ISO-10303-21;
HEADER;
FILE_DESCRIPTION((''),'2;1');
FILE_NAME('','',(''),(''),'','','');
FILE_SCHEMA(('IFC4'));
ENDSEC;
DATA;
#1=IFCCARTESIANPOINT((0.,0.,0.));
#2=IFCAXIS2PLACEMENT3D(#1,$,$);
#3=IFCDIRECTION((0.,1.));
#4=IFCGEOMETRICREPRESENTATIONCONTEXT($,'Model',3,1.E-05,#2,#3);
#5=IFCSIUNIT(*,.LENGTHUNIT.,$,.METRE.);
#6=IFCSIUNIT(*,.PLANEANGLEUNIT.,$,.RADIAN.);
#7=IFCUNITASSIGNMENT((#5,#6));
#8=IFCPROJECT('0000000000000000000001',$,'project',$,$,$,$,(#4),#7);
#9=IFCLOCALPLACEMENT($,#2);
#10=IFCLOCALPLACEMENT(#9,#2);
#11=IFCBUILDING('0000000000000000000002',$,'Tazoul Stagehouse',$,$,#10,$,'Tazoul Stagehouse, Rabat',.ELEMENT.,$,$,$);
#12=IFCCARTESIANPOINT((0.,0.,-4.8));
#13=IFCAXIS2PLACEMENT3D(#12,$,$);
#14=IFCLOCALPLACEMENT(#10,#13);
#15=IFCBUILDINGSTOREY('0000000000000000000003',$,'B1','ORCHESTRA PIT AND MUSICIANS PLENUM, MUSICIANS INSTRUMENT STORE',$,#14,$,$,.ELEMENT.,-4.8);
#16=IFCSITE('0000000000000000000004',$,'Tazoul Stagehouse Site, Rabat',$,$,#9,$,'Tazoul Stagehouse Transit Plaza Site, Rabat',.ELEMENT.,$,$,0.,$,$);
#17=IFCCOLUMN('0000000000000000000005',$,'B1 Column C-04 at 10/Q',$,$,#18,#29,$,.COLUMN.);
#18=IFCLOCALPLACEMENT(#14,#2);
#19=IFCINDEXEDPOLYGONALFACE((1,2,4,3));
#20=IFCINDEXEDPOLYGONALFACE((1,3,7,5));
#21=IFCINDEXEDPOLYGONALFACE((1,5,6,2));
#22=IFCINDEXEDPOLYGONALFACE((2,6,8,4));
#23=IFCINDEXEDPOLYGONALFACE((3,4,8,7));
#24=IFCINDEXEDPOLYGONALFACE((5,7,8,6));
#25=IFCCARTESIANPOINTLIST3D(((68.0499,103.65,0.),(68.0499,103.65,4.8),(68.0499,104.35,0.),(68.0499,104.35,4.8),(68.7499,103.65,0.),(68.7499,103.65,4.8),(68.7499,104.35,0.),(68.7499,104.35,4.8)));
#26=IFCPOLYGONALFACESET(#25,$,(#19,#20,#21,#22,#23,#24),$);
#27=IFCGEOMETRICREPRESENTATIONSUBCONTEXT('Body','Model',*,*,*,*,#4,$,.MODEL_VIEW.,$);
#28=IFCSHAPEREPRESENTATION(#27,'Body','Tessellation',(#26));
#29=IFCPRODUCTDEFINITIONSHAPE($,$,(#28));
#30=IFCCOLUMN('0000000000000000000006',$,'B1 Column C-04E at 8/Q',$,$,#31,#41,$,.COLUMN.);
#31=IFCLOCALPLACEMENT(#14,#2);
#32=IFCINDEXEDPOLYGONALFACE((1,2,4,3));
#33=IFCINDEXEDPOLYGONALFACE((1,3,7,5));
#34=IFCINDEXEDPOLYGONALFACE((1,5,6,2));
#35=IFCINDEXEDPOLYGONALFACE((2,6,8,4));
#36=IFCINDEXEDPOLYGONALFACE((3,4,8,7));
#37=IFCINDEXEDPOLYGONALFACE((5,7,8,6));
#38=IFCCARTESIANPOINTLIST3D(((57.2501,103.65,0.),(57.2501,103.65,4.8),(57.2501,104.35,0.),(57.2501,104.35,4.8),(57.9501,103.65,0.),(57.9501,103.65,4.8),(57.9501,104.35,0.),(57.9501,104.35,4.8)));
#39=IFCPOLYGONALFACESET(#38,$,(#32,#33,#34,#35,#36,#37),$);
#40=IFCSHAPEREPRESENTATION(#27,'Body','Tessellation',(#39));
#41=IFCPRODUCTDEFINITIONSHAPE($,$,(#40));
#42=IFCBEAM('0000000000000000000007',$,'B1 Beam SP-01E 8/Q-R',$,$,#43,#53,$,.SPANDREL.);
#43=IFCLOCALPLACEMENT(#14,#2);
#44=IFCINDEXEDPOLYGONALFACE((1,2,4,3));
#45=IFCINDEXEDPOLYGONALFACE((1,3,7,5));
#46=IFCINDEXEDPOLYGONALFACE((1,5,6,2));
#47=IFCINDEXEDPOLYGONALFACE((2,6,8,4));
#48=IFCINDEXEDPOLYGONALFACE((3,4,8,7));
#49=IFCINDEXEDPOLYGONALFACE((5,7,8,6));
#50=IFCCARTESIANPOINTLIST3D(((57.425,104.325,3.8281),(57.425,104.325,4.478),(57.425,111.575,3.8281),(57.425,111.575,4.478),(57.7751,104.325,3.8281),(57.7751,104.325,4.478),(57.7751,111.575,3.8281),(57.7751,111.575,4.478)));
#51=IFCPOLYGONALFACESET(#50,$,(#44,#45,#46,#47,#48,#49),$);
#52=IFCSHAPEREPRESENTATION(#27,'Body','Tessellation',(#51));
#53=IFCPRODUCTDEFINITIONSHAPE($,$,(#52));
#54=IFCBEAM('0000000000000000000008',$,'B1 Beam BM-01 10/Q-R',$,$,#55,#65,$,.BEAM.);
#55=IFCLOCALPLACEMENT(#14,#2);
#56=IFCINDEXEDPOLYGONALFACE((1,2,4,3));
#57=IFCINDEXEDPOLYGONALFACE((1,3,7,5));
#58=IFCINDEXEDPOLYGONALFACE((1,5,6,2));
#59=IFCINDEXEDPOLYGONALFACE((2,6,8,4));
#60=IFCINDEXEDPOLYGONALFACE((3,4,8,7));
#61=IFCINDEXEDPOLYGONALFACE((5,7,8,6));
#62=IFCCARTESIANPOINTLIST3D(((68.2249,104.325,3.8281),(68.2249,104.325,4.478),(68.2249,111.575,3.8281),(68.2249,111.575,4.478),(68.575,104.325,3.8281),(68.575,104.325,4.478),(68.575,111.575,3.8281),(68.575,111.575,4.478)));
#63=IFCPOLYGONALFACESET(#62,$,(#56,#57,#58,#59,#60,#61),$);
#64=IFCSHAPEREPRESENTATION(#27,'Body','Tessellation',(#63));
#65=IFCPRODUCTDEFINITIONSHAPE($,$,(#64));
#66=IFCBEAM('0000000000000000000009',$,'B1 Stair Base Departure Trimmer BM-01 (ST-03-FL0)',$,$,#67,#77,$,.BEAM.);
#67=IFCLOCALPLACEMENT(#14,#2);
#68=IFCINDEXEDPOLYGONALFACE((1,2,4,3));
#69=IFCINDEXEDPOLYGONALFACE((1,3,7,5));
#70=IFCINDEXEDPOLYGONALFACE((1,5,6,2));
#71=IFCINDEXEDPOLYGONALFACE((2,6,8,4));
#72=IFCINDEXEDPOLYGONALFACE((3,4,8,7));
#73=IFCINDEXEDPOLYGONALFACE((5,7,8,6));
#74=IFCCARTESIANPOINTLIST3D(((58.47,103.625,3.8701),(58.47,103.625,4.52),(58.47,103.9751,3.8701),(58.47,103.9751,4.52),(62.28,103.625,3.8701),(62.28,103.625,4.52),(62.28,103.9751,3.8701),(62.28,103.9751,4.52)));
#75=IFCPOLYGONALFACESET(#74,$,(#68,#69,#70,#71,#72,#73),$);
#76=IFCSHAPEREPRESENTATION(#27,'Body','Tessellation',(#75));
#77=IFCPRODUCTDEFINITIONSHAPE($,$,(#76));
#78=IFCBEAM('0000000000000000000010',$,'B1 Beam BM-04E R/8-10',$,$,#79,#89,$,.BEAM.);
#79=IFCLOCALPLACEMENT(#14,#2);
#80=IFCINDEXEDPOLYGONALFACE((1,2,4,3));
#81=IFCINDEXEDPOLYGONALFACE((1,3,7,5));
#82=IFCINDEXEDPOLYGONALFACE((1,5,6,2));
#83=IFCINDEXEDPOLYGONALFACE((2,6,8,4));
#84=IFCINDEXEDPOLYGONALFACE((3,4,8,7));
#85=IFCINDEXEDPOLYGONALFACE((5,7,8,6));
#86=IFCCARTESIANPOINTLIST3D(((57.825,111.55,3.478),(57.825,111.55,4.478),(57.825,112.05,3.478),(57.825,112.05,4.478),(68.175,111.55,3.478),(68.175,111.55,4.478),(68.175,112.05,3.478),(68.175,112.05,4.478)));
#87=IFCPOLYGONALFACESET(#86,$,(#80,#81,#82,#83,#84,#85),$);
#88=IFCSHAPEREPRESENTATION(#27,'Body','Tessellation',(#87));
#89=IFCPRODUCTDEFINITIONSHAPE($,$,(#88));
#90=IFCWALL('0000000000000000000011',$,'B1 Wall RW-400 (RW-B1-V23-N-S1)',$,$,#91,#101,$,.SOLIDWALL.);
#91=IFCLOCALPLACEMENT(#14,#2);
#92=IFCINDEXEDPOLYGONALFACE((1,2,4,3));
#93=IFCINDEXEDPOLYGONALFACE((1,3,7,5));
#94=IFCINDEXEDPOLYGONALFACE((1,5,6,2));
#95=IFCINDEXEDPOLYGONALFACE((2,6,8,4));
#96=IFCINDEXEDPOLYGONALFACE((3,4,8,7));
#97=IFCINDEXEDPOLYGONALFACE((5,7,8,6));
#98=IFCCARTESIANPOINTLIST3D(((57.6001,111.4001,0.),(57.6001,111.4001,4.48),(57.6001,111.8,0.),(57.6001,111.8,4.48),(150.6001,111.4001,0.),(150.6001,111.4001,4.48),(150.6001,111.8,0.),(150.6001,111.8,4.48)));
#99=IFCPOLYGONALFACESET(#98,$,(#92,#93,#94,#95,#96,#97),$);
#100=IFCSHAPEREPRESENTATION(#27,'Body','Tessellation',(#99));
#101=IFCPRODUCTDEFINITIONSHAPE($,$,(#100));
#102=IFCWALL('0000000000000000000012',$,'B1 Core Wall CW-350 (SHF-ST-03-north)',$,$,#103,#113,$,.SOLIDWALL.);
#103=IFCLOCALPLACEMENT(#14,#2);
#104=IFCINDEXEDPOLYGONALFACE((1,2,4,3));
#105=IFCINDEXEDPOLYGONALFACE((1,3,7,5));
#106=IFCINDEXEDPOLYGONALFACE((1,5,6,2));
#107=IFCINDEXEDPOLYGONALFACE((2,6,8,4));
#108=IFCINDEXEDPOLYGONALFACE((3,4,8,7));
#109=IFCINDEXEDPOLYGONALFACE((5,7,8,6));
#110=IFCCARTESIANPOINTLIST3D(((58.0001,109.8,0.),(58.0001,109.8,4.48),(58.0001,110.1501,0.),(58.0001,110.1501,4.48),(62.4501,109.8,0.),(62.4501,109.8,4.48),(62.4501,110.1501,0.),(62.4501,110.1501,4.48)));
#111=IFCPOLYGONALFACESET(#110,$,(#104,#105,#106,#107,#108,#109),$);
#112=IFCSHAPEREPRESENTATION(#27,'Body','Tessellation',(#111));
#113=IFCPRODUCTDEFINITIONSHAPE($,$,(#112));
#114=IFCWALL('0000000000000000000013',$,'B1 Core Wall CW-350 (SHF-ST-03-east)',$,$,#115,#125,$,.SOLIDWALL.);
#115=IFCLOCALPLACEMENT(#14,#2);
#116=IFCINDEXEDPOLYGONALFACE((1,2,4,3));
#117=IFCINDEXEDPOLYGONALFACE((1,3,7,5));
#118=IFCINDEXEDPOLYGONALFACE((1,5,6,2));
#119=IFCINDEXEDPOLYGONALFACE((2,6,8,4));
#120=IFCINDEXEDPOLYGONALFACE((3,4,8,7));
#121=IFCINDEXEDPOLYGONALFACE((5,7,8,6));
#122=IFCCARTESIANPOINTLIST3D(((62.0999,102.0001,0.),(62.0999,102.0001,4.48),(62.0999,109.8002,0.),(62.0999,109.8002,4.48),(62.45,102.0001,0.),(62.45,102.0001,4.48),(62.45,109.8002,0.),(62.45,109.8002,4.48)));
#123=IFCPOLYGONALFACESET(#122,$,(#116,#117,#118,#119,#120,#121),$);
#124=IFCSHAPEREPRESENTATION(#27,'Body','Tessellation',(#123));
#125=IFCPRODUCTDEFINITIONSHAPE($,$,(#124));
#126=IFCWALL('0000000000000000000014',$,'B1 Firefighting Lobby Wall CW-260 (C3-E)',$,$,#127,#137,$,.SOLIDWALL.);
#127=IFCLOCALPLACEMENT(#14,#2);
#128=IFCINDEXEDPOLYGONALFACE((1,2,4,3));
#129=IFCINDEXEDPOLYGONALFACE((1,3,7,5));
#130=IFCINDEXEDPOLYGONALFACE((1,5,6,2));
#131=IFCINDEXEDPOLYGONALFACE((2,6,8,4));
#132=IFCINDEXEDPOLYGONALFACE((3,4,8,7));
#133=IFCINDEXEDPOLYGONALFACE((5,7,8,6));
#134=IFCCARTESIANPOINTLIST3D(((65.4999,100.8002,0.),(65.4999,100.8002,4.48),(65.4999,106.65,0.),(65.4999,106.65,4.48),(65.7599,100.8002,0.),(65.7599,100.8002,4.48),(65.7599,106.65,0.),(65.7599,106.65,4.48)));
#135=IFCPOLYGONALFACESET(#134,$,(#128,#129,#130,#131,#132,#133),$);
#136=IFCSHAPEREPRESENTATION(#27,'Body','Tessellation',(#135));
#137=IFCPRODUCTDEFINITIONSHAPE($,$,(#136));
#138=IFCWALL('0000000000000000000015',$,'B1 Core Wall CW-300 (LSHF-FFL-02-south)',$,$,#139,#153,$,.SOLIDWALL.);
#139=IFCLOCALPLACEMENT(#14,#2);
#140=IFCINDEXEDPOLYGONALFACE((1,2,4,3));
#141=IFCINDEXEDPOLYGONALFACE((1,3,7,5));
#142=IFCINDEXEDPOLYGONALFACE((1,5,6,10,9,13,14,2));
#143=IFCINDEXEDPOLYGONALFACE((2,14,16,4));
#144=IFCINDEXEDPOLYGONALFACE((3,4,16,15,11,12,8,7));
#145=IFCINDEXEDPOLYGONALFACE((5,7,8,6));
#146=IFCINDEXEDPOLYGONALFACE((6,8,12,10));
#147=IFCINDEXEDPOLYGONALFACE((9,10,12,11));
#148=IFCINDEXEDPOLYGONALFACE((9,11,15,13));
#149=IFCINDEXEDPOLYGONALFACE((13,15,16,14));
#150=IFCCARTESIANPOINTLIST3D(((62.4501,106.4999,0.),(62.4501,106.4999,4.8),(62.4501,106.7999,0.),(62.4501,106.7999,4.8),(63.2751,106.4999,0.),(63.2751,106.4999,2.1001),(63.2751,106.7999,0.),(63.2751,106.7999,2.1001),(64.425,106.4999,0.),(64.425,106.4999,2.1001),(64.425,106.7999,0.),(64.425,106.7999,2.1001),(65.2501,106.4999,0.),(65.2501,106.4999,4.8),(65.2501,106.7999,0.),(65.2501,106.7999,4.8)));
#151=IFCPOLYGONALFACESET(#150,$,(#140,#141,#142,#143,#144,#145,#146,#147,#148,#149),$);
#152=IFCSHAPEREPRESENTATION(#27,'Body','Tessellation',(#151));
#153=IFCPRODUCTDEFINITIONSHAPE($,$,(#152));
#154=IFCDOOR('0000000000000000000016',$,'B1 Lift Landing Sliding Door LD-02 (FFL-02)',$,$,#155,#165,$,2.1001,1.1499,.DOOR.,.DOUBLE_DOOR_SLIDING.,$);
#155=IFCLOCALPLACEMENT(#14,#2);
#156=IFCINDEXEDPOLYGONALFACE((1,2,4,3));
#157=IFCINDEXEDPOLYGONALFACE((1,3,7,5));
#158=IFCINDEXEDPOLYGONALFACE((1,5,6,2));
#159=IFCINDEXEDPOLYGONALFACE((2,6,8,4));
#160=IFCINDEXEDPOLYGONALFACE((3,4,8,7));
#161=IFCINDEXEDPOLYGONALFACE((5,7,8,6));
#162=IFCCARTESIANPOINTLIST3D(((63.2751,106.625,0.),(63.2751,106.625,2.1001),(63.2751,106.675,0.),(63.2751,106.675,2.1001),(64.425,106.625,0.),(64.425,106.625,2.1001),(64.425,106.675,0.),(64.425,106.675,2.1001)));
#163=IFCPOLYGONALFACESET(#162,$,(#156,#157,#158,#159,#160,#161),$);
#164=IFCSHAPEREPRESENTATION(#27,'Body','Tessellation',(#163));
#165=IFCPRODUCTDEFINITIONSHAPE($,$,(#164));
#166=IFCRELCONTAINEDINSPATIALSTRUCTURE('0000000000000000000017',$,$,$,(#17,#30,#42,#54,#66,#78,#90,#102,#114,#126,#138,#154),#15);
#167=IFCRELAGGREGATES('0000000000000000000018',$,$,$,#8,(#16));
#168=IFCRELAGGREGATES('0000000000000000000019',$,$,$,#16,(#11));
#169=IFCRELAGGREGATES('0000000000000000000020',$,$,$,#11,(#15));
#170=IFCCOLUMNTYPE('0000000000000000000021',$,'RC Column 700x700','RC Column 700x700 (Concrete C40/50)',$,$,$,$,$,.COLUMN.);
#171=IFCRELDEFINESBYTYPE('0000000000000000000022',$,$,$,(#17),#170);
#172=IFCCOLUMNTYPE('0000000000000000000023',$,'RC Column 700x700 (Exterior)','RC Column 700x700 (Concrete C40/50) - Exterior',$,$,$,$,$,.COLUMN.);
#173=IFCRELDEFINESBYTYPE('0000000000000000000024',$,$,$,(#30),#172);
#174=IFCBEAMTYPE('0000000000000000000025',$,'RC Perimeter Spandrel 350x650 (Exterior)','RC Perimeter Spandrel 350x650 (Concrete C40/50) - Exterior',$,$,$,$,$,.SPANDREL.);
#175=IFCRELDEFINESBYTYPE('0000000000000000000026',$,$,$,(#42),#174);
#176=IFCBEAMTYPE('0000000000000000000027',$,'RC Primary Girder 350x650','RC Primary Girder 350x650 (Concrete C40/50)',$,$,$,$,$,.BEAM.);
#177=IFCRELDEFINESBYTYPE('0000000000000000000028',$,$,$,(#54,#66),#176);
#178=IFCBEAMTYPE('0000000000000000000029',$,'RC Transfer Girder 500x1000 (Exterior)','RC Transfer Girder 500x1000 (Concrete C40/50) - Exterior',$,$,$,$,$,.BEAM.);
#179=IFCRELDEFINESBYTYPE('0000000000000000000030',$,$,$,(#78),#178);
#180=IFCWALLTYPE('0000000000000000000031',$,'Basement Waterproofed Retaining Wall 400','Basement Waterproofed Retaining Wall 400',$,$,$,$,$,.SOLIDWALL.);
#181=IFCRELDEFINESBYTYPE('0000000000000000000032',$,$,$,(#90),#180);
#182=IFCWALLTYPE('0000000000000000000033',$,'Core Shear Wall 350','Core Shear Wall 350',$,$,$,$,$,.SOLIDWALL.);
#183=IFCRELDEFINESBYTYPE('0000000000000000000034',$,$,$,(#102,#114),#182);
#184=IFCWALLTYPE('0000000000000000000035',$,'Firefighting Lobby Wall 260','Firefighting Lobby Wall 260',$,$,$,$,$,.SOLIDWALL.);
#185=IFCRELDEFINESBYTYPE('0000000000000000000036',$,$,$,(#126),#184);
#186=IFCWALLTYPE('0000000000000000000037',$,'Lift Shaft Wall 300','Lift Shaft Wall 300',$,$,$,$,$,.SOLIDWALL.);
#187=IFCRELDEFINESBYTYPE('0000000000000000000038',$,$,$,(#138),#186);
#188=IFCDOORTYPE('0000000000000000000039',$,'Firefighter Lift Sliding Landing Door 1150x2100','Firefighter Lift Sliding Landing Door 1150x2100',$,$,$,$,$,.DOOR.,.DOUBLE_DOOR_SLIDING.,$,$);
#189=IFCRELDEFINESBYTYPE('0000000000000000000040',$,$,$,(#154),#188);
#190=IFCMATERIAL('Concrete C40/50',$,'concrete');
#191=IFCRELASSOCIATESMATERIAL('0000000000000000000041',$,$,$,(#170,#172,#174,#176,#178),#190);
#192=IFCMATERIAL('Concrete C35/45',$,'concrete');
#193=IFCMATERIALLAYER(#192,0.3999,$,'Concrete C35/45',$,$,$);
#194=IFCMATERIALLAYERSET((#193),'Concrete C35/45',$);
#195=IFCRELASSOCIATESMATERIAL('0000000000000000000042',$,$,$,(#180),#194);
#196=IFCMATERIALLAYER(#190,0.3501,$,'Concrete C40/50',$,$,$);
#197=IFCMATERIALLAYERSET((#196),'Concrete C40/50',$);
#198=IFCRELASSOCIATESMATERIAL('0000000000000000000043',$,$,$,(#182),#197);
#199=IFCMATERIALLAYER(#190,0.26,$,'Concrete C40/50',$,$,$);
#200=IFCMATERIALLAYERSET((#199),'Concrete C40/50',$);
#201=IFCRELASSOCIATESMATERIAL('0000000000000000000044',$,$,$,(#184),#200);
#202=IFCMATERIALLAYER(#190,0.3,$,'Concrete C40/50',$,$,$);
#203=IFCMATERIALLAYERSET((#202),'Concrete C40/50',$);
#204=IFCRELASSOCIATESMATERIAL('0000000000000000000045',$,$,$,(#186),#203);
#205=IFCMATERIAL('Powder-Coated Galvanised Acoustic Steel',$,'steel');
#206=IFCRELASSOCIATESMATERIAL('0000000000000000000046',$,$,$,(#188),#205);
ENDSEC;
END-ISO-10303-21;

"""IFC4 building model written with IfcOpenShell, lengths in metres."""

from ifc_helpers import new_model, si_unit, direction, frame, frame_2d, origin, origin_2d, place, context, subcontext, project, spatial, rectangle, extrude, material, layer, layer_set, material_profile, profile_set, type_object, element, fill, save


model = new_model("IFC4")

# Units and contexts
model_context = context("Model", 3, precision=1e-05, world=origin(), true_north=direction((0.0, 1.0)))
body_context = subcontext(model_context, "Body", "Model", "MODEL_VIEW")
ifc_project = project(units=[si_unit("LENGTHUNIT", "METRE"), si_unit("PLANEANGLEUNIT", "RADIAN")], contexts=[model_context])

# Site, building, storey
site_placement = place(None, origin())
site = spatial("IfcSite", under=ifc_project, at=site_placement, Name="Tazoul Stagehouse Site, Rabat", LongName="Tazoul Stagehouse Transit Plaza Site, Rabat", CompositionType="ELEMENT", RefElevation=0.0)
building_placement = place(site_placement, origin())
building = spatial("IfcBuilding", under=site, at=building_placement, Name="Tazoul Stagehouse", LongName="Tazoul Stagehouse, Rabat", CompositionType="ELEMENT")
storey_placement = place(building_placement, frame((0.0, 0.0, -4.8)))
storey = spatial("IfcBuildingStorey", under=building, at=storey_placement, Name="B1", Description="ORCHESTRA PIT AND MUSICIANS PLENUM, MUSICIANS INSTRUMENT STORE", CompositionType="ELEMENT", Elevation=-4.8)

# Shared definitions
ifc_material_1 = material(Name="Concrete C35/45", Category="concrete")

# Columns
ifc_material_2 = material(Name="Concrete C40/50", Category="concrete")
ifc_material_profile_1 = material_profile(ifc_material_2, rectangle(XDim=0.7, YDim=0.7, at=origin_2d()), Name="RC 700x700")
ifc_profile_set_1 = profile_set([ifc_material_profile_1], Name="Concrete C40/50")
column_type_1 = type_object("IfcColumnType", Name="RC Column 700x700", Description="RC Column 700x700 (Concrete C40/50)", PredefinedType="COLUMN", material=ifc_profile_set_1)
column_1_placement = place(storey_placement, frame((68.3999, 104.0, 0.0), z_axis=(0.0, 0.0, 1.0), x_axis=(1.0, 0.0, 0.0)))
element("IfcColumn", 1, at=column_1_placement, inside=storey, type_object=column_type_1, Name="B1 Column C-04 at 10/Q", PredefinedType="COLUMN", context=body_context, shape_type="SweptSolid", body=[
    extrude(rectangle(XDim=0.7, YDim=0.7, at=origin_2d()), origin(), (0.0, 0.0, 1.0), 4.8),
])
ifc_material_profile_2 = material_profile(ifc_material_2, rectangle(XDim=0.7, YDim=0.7, at=origin_2d()), Name="RC 700x700")
ifc_profile_set_2 = profile_set([ifc_material_profile_2], Name="Concrete C40/50")
column_type_2 = type_object("IfcColumnType", Name="RC Column 700x700 (Exterior)", Description="RC Column 700x700 (Concrete C40/50) - Exterior", PredefinedType="COLUMN", material=ifc_profile_set_2)
column_2_placement = place(storey_placement, frame((57.6001, 104.0, 0.0), z_axis=(0.0, 0.0, 1.0), x_axis=(1.0, 0.0, 0.0)))
element("IfcColumn", 2, at=column_2_placement, inside=storey, type_object=column_type_2, Name="B1 Column C-04E at 8/Q", PredefinedType="COLUMN", context=body_context, shape_type="SweptSolid", body=[
    extrude(rectangle(XDim=0.7, YDim=0.7, at=origin_2d()), origin(), (0.0, 0.0, 1.0), 4.8),
])

# Beams
ifc_material_profile_3 = material_profile(ifc_material_2, rectangle(XDim=0.3501, YDim=0.6499, at=origin_2d()), Name="RC 350x650")
ifc_profile_set_3 = profile_set([ifc_material_profile_3], Name="Concrete C40/50")
beam_type_1 = type_object("IfcBeamType", Name="RC Perimeter Spandrel 350x650 (Exterior)", Description="RC Perimeter Spandrel 350x650 (Concrete C40/50) - Exterior", PredefinedType="SPANDREL", material=ifc_profile_set_3)
beam_1_placement = place(storey_placement, frame((57.6001, 104.325, 4.1531), z_axis=(0.0, 1.0, 0.0), x_axis=(-1.0, 0.0, 0.0)))
element("IfcBeam", 3, at=beam_1_placement, inside=storey, type_object=beam_type_1, Name="B1 Beam SP-01E 8/Q-R", PredefinedType="SPANDREL", context=body_context, shape_type="SweptSolid", body=[
    extrude(rectangle(XDim=0.3501, YDim=0.6499, at=origin_2d()), origin(), (0.0, 0.0, 1.0), 7.25),
])
ifc_material_profile_4 = material_profile(ifc_material_2, rectangle(XDim=0.3501, YDim=0.6499, at=origin_2d()), Name="RC 350x650")
ifc_profile_set_4 = profile_set([ifc_material_profile_4], Name="Concrete C40/50")
beam_type_2 = type_object("IfcBeamType", Name="RC Primary Girder 350x650", Description="RC Primary Girder 350x650 (Concrete C40/50)", PredefinedType="BEAM", material=ifc_profile_set_4)
beam_2_placement = place(storey_placement, frame((68.3999, 104.325, 4.1531), z_axis=(0.0, 1.0, 0.0), x_axis=(-1.0, 0.0, 0.0)))
element("IfcBeam", 4, at=beam_2_placement, inside=storey, type_object=beam_type_2, Name="B1 Beam BM-01 10/Q-R", PredefinedType="BEAM", context=body_context, shape_type="SweptSolid", body=[
    extrude(rectangle(XDim=0.3501, YDim=0.6499, at=origin_2d()), origin(), (0.0, 0.0, 1.0), 7.25),
])
beam_3_placement = place(storey_placement, frame((58.47, 103.8, 4.1951), z_axis=(1.0, 0.0, 0.0), x_axis=(0.0, 1.0, 0.0)))
element("IfcBeam", 5, at=beam_3_placement, inside=storey, type_object=beam_type_2, Name="B1 Stair Base Departure Trimmer BM-01 (ST-03-FL0)", PredefinedType="BEAM", context=body_context, shape_type="SweptSolid", body=[
    extrude(rectangle(XDim=0.3501, YDim=0.6499, at=origin_2d()), origin(), (0.0, 0.0, 1.0), 3.8101),
])
ifc_material_profile_5 = material_profile(ifc_material_2, rectangle(XDim=0.5, YDim=1.0, at=origin_2d()), Name="RC 500x1000")
ifc_profile_set_5 = profile_set([ifc_material_profile_5], Name="Concrete C40/50")
beam_type_3 = type_object("IfcBeamType", Name="RC Transfer Girder 500x1000 (Exterior)", Description="RC Transfer Girder 500x1000 (Concrete C40/50) - Exterior", PredefinedType="BEAM", material=ifc_profile_set_5)
beam_4_placement = place(storey_placement, frame((57.825, 111.8, 3.978), z_axis=(1.0, 0.0, 0.0), x_axis=(0.0, 1.0, 0.0)))
element("IfcBeam", 6, at=beam_4_placement, inside=storey, type_object=beam_type_3, Name="B1 Beam BM-04E R/8-10", PredefinedType="BEAM", context=body_context, shape_type="SweptSolid", body=[
    extrude(rectangle(XDim=0.5, YDim=1.0, at=origin_2d()), origin(), (0.0, 0.0, 1.0), 10.3501),
])

# Walls
ifc_layer_1 = layer(ifc_material_1, 0.3999, Name="Concrete C35/45")
ifc_layer_set_1 = layer_set([ifc_layer_1], Name="Concrete C35/45")
wall_type_1 = type_object("IfcWallType", Name="Basement Waterproofed Retaining Wall 400", Description="Basement Waterproofed Retaining Wall 400", PredefinedType="SOLIDWALL", material=ifc_layer_set_1)
wall_1_placement = place(storey_placement, frame((57.6001, 111.6001, 0.0), z_axis=(0.0, 0.0, 1.0), x_axis=(1.0, 0.0, 0.0)))
element("IfcWall", 7, at=wall_1_placement, inside=storey, type_object=wall_type_1, Name="B1 Wall RW-400 (RW-B1-V23-N-S1)", PredefinedType="SOLIDWALL", context=body_context, shape_type="SweptSolid", body=[
    extrude(rectangle(XDim=93.0, YDim=0.3999, at=frame_2d((46.5, 0.0))), origin(), (0.0, 0.0, 1.0), 4.48),
])
ifc_layer_2 = layer(ifc_material_2, 0.3501, Name="Concrete C40/50")
ifc_layer_set_2 = layer_set([ifc_layer_2], Name="Concrete C40/50")
wall_type_2 = type_object("IfcWallType", Name="Core Shear Wall 350", Description="Core Shear Wall 350", PredefinedType="SOLIDWALL", material=ifc_layer_set_2)
wall_2_placement = place(storey_placement, frame((58.0, 109.9751, 0.0), z_axis=(0.0, 0.0, 1.0), x_axis=(1.0, 0.0, 0.0)))
element("IfcWall", 8, at=wall_2_placement, inside=storey, type_object=wall_type_2, Name="B1 Core Wall CW-350 (SHF-ST-03-north)", PredefinedType="SOLIDWALL", context=body_context, shape_type="SweptSolid", body=[
    extrude(rectangle(XDim=4.45, YDim=0.3501, at=frame_2d((2.2251, 0.0))), origin(), (0.0, 0.0, 1.0), 4.48),
])
wall_3_placement = place(storey_placement, frame((62.2749, 109.8, 0.0), z_axis=(0.0, 0.0, 1.0), x_axis=(0.0, -1.0, 0.0)))
element("IfcWall", 9, at=wall_3_placement, inside=storey, type_object=wall_type_2, Name="B1 Core Wall CW-350 (SHF-ST-03-east)", PredefinedType="SOLIDWALL", context=body_context, shape_type="SweptSolid", body=[
    extrude(rectangle(XDim=7.8, YDim=0.3501, at=frame_2d((3.8999, 0.0))), origin(), (0.0, 0.0, 1.0), 4.48),
])
ifc_layer_3 = layer(ifc_material_2, 0.26, Name="Concrete C40/50")
ifc_layer_set_3 = layer_set([ifc_layer_3], Name="Concrete C40/50")
wall_type_3 = type_object("IfcWallType", Name="Firefighting Lobby Wall 260", Description="Firefighting Lobby Wall 260", PredefinedType="SOLIDWALL", material=ifc_layer_set_3)
wall_4_placement = place(storey_placement, frame((65.6299, 106.6499, 0.0), z_axis=(0.0, 0.0, 1.0), x_axis=(0.0, -1.0, 0.0)))
element("IfcWall", 10, at=wall_4_placement, inside=storey, type_object=wall_type_3, Name="B1 Firefighting Lobby Wall CW-260 (C3-E)", PredefinedType="SOLIDWALL", context=body_context, shape_type="SweptSolid", body=[
    extrude(rectangle(XDim=5.8499, YDim=0.26, at=frame_2d((2.9248, 0.0))), origin(), (0.0, 0.0, 1.0), 4.48),
])

# Wall, opening, door
ifc_layer_4 = layer(ifc_material_2, 0.3, Name="Concrete C40/50")
ifc_layer_set_4 = layer_set([ifc_layer_4], Name="Concrete C40/50")
wall_type_4 = type_object("IfcWallType", Name="Lift Shaft Wall 300", Description="Lift Shaft Wall 300", PredefinedType="SOLIDWALL", material=ifc_layer_set_4)
wall_5_placement = place(storey_placement, frame((65.25, 106.6499, 0.0), z_axis=(0.0, 0.0, 1.0), x_axis=(-1.0, 0.0, 0.0)))
wall_5 = element("IfcWall", 11, at=wall_5_placement, inside=storey, type_object=wall_type_4, Name="B1 Core Wall CW-300 (LSHF-FFL-02-south)", PredefinedType="SOLIDWALL", context=body_context, shape_type="SweptSolid", body=[
    extrude(rectangle(XDim=2.8, YDim=0.3, at=frame_2d((1.3999, 0.0))), origin(), (0.0, 0.0, 1.0), 4.8),
])
opening_placement = place(wall_5_placement, frame((0.825, 0.0, 0.0)))
opening = element("IfcOpeningElement", 12, at=opening_placement, cuts=wall_5, PredefinedType="OPENING", context=body_context, shape_type="SweptSolid", body=[
    extrude(rectangle(XDim=1.1499, YDim=2.1001, at=frame_2d((0.575, 1.05))), frame((0.0, 0.1699, 0.0), z_axis=(0.0, -1.0, 0.0), x_axis=(1.0, 0.0, 0.0)), (0.0, 0.0, 1.0), 0.3401),
])
ifc_material_3 = material(Name="Powder-Coated Galvanised Acoustic Steel", Category="steel")
door_type = type_object("IfcDoorType", Name="Firefighter Lift Sliding Landing Door 1150x2100", Description="Firefighter Lift Sliding Landing Door 1150x2100", OperationType="DOUBLE_DOOR_SLIDING", PredefinedType="DOOR", material=ifc_material_3)
door_placement = place(opening_placement, origin())
door = element("IfcDoor", 13, at=door_placement, inside=storey, type_object=door_type, Name="B1 Lift Landing Sliding Door LD-02 (FFL-02)", OperationType="DOUBLE_DOOR_SLIDING", OverallHeight=2.1001, OverallWidth=1.1499, PredefinedType="DOOR", context=body_context, shape_type="SweptSolid", body=[
    extrude(rectangle(XDim=1.1499, YDim=2.1001, at=frame_2d((0.575, 1.05))), frame((0.0, 0.0249, 0.0), z_axis=(0.0, -1.0, 0.0), x_axis=(1.0, 0.0, 0.0)), (0.0, 0.0, 1.0), 0.05),
])
fill(opening, door)

save(model, "model.ifc")
